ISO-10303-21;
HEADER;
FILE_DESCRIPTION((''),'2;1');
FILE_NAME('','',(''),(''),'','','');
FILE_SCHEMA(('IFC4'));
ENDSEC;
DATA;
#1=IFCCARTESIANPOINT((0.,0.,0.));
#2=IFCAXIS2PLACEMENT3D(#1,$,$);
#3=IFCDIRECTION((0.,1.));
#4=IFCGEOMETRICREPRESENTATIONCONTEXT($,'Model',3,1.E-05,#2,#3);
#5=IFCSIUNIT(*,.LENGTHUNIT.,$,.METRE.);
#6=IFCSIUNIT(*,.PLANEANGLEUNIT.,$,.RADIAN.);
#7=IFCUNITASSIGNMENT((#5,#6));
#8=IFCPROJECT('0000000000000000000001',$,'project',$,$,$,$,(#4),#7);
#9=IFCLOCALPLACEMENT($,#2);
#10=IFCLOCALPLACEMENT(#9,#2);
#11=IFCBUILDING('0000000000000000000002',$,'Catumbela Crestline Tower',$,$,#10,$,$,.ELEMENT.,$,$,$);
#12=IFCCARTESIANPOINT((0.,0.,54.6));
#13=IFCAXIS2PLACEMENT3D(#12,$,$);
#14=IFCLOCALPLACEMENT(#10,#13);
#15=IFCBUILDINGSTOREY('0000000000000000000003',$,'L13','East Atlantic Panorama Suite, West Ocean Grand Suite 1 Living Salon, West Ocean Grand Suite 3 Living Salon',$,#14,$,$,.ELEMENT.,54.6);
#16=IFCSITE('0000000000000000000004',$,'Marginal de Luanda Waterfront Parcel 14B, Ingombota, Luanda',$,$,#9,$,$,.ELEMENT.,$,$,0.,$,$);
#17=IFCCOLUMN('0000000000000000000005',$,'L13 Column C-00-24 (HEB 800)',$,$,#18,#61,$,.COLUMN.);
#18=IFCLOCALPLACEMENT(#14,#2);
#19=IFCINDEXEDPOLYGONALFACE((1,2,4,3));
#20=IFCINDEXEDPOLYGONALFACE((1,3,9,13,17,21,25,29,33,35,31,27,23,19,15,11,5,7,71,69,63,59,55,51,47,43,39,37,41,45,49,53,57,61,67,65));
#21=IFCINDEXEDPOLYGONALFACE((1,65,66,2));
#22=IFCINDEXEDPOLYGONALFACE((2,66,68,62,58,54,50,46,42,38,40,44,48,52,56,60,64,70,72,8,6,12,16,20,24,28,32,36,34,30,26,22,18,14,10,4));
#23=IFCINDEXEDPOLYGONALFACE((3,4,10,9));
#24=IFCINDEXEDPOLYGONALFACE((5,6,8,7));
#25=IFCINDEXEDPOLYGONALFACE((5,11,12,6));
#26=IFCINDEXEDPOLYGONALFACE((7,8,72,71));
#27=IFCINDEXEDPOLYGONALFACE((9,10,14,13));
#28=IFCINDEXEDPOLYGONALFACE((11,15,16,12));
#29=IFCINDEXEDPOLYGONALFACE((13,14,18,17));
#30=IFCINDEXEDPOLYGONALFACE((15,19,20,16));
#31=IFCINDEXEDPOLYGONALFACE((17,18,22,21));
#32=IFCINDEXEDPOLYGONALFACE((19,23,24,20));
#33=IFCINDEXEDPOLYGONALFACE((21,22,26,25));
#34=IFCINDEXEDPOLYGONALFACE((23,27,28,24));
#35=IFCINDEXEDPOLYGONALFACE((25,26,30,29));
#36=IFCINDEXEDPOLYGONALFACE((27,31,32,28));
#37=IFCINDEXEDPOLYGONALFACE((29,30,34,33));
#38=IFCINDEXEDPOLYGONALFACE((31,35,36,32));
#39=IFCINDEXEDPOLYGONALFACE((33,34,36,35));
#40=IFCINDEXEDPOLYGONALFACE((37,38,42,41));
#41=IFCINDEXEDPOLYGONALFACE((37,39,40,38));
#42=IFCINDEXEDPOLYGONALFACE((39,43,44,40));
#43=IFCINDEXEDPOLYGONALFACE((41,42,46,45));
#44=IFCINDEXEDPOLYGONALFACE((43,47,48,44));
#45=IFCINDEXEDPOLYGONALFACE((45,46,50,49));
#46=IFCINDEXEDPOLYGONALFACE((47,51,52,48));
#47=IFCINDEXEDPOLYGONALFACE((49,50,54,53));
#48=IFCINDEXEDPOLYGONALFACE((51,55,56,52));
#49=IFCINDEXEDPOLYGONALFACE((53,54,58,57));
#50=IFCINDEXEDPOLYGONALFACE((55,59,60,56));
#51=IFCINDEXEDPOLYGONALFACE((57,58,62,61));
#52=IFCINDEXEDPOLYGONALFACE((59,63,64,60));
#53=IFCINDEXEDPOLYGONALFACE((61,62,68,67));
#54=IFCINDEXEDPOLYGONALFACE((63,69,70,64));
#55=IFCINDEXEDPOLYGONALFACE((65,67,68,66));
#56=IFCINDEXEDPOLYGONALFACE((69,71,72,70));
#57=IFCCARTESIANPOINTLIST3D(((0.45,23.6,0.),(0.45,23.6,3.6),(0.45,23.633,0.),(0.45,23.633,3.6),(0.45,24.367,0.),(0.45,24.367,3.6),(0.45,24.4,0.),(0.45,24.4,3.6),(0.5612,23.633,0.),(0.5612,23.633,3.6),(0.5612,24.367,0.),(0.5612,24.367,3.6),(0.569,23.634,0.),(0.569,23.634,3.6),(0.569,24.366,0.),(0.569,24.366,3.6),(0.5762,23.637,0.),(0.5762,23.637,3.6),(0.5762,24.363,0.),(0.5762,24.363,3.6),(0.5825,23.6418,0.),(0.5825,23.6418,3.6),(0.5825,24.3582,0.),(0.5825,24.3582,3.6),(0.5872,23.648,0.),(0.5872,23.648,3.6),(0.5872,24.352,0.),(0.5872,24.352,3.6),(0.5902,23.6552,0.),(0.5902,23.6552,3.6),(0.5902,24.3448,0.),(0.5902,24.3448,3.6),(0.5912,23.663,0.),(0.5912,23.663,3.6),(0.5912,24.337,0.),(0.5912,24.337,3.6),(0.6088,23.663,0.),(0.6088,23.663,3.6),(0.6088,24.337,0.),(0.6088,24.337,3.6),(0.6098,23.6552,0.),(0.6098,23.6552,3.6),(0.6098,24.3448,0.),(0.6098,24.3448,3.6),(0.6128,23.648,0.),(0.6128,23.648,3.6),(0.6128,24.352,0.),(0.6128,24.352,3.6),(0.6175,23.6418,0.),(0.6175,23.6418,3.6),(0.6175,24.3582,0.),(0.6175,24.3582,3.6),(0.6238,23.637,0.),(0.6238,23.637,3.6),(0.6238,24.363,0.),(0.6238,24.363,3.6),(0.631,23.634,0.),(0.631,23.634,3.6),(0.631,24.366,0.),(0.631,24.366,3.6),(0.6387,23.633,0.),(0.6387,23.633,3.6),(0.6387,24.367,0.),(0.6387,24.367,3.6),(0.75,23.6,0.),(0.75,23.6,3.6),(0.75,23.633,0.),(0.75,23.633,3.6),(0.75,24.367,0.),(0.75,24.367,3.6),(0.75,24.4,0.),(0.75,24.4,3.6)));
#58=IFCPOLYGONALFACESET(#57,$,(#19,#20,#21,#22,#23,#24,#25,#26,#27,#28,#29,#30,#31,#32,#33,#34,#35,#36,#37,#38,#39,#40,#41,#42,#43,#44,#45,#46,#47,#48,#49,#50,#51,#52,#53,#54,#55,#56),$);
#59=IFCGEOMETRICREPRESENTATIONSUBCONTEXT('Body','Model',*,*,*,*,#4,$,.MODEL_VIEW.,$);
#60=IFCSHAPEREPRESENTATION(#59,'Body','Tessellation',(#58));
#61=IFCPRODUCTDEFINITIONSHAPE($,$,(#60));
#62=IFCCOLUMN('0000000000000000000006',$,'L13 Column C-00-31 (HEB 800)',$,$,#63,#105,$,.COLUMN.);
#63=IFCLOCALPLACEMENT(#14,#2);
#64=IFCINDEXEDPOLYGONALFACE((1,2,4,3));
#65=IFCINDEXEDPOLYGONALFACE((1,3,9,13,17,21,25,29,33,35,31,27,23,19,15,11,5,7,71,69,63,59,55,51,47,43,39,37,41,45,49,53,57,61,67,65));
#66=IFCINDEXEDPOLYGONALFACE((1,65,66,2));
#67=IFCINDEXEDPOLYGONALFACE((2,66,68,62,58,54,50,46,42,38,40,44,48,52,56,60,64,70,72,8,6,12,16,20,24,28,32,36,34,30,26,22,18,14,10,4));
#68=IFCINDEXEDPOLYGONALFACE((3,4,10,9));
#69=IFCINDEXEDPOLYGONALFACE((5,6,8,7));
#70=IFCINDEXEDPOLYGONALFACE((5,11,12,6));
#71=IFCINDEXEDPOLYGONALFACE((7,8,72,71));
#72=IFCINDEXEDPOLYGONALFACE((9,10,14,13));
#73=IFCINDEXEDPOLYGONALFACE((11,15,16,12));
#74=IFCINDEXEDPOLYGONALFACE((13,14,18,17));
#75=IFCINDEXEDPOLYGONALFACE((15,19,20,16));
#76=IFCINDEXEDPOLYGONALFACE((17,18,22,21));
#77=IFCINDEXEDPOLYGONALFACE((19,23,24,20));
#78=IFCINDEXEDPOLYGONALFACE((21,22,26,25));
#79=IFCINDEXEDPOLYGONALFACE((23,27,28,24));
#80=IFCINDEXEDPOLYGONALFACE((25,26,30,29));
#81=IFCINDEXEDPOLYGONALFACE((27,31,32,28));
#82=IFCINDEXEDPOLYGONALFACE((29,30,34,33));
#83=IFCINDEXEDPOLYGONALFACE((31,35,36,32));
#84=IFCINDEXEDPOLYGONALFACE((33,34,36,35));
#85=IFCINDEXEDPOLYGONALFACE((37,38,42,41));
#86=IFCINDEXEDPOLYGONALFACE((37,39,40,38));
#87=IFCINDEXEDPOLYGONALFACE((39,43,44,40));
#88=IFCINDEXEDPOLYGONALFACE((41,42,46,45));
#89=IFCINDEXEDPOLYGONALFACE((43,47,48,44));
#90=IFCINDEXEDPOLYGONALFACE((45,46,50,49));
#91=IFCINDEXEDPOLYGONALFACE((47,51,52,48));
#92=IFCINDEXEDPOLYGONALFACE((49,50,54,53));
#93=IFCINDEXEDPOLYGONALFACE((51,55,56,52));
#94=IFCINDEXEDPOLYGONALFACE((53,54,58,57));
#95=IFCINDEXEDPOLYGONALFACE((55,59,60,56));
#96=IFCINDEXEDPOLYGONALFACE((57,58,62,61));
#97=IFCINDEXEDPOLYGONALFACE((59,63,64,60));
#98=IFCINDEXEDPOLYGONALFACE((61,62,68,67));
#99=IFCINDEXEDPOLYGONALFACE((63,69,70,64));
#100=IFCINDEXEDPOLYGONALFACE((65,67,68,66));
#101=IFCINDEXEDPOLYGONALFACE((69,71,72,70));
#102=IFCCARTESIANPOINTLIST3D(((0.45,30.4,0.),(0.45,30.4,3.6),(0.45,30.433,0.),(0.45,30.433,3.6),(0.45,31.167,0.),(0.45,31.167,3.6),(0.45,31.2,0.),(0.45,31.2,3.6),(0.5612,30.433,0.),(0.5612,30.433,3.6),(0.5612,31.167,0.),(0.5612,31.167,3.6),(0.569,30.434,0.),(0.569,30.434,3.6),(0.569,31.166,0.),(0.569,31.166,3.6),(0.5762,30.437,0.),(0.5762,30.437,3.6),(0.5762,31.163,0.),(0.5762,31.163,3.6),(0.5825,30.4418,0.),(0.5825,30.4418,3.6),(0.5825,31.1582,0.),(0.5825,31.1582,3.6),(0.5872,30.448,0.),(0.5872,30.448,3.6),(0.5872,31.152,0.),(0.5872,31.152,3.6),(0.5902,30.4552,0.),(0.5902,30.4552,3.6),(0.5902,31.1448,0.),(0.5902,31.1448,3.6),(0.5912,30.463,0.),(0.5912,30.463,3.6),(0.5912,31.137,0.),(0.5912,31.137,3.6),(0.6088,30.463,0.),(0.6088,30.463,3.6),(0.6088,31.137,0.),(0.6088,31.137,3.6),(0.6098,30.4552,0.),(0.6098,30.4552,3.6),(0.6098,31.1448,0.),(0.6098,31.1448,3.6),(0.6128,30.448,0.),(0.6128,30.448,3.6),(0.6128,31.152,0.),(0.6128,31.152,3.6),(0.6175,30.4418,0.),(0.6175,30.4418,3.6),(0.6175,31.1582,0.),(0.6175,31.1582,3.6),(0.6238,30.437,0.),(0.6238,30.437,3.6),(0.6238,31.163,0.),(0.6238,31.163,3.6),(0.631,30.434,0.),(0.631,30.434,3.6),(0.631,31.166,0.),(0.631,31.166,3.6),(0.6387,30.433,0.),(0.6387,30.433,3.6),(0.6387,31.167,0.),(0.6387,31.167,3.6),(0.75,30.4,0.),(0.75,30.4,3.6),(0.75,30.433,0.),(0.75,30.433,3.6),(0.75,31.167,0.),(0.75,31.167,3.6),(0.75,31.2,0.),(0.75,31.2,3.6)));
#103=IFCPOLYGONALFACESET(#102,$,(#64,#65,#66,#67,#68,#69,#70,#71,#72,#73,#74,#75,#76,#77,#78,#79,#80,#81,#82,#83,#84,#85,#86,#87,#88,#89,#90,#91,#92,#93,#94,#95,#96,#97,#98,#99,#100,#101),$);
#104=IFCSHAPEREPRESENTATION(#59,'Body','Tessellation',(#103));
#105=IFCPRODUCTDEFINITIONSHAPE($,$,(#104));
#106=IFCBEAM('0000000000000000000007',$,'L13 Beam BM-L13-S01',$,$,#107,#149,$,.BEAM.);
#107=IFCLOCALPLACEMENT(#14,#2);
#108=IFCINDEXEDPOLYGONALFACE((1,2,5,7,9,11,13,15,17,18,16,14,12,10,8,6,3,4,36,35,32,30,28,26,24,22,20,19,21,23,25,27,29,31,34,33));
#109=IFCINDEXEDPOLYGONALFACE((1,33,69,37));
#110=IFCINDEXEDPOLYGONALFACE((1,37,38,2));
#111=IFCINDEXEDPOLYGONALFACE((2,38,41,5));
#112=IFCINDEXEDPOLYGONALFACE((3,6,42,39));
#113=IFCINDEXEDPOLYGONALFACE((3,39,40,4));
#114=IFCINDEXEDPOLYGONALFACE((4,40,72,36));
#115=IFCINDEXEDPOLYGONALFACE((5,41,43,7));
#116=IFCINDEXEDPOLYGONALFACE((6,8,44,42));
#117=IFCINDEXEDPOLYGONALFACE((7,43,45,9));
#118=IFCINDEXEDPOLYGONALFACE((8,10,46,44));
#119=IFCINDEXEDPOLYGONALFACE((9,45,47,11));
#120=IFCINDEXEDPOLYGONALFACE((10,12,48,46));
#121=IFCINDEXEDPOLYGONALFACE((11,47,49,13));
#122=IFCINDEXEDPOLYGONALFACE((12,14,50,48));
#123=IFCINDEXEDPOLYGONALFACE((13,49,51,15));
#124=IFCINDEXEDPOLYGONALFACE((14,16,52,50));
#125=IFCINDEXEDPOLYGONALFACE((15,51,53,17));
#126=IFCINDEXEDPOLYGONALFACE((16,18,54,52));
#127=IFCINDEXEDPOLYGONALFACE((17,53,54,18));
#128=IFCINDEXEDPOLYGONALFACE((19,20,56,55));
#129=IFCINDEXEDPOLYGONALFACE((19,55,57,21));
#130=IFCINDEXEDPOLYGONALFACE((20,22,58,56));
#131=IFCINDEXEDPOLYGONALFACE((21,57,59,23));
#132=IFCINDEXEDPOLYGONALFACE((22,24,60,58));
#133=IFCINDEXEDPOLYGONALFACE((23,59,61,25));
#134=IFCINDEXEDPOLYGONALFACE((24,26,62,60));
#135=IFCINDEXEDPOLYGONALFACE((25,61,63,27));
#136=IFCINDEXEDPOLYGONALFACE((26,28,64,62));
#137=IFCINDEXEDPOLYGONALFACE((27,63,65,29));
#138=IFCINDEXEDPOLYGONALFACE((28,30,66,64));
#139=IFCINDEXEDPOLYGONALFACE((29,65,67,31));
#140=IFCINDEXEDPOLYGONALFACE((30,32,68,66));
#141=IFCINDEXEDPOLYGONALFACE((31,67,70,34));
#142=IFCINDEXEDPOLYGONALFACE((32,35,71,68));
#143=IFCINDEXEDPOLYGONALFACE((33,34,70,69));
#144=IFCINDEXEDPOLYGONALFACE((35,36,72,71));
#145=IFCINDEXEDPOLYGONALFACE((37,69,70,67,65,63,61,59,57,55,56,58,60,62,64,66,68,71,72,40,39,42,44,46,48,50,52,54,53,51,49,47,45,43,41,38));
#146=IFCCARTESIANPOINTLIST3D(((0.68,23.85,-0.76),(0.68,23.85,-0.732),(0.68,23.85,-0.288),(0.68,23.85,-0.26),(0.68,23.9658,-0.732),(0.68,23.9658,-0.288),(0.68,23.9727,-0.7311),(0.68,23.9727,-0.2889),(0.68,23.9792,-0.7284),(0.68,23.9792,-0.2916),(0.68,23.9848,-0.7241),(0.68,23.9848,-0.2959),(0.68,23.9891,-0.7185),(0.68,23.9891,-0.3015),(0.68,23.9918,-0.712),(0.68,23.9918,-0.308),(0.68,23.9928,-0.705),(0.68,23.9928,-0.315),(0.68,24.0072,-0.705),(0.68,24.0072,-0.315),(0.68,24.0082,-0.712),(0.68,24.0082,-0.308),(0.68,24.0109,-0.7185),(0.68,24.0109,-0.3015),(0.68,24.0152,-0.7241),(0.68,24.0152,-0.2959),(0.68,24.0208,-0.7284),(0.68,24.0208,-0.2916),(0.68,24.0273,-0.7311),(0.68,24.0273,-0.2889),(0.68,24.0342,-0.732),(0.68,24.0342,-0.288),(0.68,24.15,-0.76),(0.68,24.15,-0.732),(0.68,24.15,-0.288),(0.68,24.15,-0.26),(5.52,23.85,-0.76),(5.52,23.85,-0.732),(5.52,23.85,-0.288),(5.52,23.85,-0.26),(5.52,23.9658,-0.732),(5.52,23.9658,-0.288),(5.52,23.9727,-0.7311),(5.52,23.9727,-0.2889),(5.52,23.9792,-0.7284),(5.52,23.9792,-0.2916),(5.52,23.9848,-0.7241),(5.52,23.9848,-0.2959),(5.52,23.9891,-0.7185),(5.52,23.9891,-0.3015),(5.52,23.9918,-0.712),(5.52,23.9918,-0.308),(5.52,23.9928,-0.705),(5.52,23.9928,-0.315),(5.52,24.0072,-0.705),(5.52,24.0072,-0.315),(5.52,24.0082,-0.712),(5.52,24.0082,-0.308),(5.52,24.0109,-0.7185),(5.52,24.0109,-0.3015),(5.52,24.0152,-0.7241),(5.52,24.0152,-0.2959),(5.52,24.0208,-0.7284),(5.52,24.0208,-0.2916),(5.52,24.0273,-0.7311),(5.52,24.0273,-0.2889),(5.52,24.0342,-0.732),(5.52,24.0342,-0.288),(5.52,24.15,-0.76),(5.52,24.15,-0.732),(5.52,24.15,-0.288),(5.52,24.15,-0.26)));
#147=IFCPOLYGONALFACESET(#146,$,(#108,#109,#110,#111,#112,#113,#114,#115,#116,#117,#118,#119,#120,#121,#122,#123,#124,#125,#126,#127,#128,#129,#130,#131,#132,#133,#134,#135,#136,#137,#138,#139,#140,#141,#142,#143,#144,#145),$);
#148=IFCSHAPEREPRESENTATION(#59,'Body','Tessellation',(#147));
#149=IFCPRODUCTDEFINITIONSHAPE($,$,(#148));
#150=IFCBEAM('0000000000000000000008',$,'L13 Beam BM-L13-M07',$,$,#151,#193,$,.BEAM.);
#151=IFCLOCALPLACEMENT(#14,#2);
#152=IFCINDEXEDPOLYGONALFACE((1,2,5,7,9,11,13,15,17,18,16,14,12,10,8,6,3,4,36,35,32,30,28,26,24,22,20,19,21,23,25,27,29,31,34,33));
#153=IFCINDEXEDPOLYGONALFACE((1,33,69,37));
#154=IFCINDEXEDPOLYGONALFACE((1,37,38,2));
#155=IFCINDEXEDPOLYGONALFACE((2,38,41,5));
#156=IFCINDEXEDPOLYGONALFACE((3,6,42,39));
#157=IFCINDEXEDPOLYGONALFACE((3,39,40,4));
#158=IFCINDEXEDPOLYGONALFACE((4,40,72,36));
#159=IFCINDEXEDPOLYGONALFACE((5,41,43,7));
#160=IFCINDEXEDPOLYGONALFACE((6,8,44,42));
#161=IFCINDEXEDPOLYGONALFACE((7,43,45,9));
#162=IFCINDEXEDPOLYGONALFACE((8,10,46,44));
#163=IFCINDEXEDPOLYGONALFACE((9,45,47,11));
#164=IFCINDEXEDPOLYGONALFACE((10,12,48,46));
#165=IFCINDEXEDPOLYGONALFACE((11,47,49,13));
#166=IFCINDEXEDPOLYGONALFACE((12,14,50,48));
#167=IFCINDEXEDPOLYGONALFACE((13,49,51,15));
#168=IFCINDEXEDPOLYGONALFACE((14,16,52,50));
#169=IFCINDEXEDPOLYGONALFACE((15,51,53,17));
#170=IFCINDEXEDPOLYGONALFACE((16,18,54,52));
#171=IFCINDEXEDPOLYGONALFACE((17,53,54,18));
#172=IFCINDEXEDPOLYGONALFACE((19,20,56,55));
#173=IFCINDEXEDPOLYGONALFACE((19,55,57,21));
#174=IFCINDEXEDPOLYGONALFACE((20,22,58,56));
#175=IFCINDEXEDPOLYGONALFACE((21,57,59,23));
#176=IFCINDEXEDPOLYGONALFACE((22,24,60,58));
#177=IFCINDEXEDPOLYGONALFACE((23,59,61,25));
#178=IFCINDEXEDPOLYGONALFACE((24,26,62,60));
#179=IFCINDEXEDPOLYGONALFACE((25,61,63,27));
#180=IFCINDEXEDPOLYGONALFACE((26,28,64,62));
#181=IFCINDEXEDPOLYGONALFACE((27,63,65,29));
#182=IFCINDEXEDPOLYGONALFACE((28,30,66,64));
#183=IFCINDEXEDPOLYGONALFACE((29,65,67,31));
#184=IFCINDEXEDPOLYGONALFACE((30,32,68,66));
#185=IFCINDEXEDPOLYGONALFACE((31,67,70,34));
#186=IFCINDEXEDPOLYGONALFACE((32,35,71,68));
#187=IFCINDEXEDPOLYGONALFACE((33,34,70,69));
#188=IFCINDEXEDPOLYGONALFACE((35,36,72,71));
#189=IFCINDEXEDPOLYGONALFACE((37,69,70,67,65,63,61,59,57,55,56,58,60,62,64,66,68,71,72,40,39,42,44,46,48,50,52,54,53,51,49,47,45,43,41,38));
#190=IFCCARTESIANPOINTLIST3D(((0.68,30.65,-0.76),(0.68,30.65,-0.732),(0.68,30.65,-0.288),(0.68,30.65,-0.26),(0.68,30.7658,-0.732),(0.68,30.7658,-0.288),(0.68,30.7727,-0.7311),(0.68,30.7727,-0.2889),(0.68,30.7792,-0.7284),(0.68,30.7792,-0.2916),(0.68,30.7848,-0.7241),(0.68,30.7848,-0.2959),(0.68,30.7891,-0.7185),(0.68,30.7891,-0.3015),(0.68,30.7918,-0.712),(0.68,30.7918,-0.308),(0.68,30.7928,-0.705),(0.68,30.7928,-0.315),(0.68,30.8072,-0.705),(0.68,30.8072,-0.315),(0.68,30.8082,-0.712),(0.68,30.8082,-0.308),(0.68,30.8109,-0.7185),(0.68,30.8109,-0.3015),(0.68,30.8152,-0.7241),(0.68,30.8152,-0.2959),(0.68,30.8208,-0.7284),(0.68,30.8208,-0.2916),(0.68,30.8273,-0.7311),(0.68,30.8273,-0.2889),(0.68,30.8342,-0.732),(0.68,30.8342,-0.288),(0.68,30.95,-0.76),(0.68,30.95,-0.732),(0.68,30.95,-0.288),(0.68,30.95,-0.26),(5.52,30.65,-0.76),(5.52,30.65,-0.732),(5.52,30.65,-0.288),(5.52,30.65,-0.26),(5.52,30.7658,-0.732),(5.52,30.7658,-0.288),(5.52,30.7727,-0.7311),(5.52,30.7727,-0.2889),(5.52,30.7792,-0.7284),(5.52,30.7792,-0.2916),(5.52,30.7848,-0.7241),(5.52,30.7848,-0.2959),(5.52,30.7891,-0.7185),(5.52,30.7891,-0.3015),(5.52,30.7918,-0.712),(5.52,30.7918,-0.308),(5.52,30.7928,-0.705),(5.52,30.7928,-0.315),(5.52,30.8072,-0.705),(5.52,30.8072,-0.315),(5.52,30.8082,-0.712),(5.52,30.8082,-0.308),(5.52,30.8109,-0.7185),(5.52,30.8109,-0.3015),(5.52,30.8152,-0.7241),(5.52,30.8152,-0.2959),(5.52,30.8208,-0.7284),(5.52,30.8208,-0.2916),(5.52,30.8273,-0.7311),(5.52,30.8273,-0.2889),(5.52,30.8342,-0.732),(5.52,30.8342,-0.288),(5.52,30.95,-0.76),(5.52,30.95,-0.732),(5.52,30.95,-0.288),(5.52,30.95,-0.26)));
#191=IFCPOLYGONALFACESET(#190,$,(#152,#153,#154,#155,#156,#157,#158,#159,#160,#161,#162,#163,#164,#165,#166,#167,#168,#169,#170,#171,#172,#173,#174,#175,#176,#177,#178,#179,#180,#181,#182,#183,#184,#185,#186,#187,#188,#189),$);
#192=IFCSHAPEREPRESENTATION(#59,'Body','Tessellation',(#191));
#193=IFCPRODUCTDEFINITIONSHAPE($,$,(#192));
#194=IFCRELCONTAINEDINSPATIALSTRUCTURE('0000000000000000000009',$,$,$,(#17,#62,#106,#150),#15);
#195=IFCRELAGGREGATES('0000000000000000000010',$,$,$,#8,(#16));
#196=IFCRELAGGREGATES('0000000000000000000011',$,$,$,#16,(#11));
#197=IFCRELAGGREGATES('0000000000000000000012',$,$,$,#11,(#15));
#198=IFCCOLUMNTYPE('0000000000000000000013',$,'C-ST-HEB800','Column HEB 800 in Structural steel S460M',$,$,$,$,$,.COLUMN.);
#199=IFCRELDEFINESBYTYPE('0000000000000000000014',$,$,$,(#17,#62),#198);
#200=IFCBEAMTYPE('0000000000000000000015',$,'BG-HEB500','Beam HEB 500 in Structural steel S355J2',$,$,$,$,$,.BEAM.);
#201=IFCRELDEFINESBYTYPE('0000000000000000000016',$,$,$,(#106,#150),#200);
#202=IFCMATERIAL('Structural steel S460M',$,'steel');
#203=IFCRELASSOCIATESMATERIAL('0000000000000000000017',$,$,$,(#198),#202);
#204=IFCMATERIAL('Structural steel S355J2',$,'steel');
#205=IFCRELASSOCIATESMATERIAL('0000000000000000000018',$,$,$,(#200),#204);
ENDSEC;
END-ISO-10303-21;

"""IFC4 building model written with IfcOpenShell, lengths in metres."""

from ifc_helpers import new_model, si_unit, direction, frame, origin, origin_2d, place, context, subcontext, project, spatial, i_section, extrude, material, material_profile, profile_set, type_object, element, save


model = new_model("IFC4")

# Units and contexts
model_context = context("Model", 3, precision=1e-05, world=origin(), true_north=direction((0.0, 1.0)))
body_context = subcontext(model_context, "Body", "Model", "MODEL_VIEW")
ifc_project = project(units=[si_unit("LENGTHUNIT", "METRE"), si_unit("PLANEANGLEUNIT", "RADIAN")], contexts=[model_context])

# Site, building, storey
site_placement = place(None, origin())
site = spatial("IfcSite", under=ifc_project, at=site_placement, Name="Marginal de Luanda Waterfront Parcel 14B, Ingombota, Luanda", CompositionType="ELEMENT", RefElevation=0.0)
building_placement = place(site_placement, origin())
building = spatial("IfcBuilding", under=site, at=building_placement, Name="Catumbela Crestline Tower", CompositionType="ELEMENT")
storey_placement = place(building_placement, frame((0.0, 0.0, 54.6)))
storey = spatial("IfcBuildingStorey", under=building, at=storey_placement, Name="L13", Description="East Atlantic Panorama Suite, West Ocean Grand Suite 1 Living Salon, West Ocean Grand Suite 3 Living Salon", CompositionType="ELEMENT", Elevation=54.6)

# Columns
ifc_material_1 = material(Name="Structural steel S460M", Category="steel")
ifc_material_profile_1 = material_profile(ifc_material_1, i_section(OverallWidth=0.3, OverallDepth=0.8, WebThickness=0.0175, FlangeThickness=0.033, FilletRadius=0.03, at=origin_2d()), Name="HEB 800")
ifc_profile_set_1 = profile_set([ifc_material_profile_1], Name="Structural steel S460M")
column_type = type_object("IfcColumnType", Name="C-ST-HEB800", Description="Column HEB 800 in Structural steel S460M", PredefinedType="COLUMN", material=ifc_profile_set_1)
for number, where, z_axis, x_axis, name in (
    (1, (0.6, 24.0, 0.0), (0.0, 0.0, 1.0), (1.0, 0.0, 0.0), "L13 Column C-00-24 (HEB 800)"),
    (2, (0.6, 30.8, 0.0), (0.0, 0.0, 1.0), (1.0, 0.0, 0.0), "L13 Column C-00-31 (HEB 800)"),
):
    element("IfcColumn", number, at=place(storey_placement, frame(where, z_axis=z_axis, x_axis=x_axis)), inside=storey, type_object=column_type, Name=name, PredefinedType="COLUMN", context=body_context, shape_type="SweptSolid", body=[
        extrude(i_section(OverallWidth=0.3, OverallDepth=0.8, WebThickness=0.0175, FlangeThickness=0.033, FilletRadius=0.03, at=origin_2d()), origin(), (0.0, 0.0, 1.0), 3.6),
    ])

# Beams
ifc_material_2 = material(Name="Structural steel S355J2", Category="steel")
ifc_material_profile_2 = material_profile(ifc_material_2, i_section(OverallWidth=0.3, OverallDepth=0.5, WebThickness=0.0145, FlangeThickness=0.028, FilletRadius=0.027, at=origin_2d()), Name="HEB 500")
ifc_profile_set_2 = profile_set([ifc_material_profile_2], Name="Structural steel S355J2")
beam_type_1 = type_object("IfcBeamType", Name="BG-HEB500", Description="Beam HEB 500 in Structural steel S355J2", PredefinedType="BEAM", material=ifc_profile_set_2)
for number, where, z_axis, x_axis, name in (
    (3, (0.68, 24.0, -0.51), (1.0, 0.0, 0.0), (0.0, 1.0, 0.0), "L13 Beam BM-L13-S01"),
    (4, (0.68, 30.8, -0.51), (1.0, 0.0, 0.0), (0.0, 1.0, 0.0), "L13 Beam BM-L13-M07"),
):
    element("IfcBeam", number, at=place(storey_placement, frame(where, z_axis=z_axis, x_axis=x_axis)), inside=storey, type_object=beam_type_1, Name=name, PredefinedType="BEAM", context=body_context, shape_type="SweptSolid", body=[
        extrude(i_section(OverallWidth=0.3, OverallDepth=0.5, WebThickness=0.0145, FlangeThickness=0.028, FilletRadius=0.027, at=origin_2d()), origin(), (0.0, 0.0, 1.0), 4.84),
    ])

save(model, "model.ifc")
